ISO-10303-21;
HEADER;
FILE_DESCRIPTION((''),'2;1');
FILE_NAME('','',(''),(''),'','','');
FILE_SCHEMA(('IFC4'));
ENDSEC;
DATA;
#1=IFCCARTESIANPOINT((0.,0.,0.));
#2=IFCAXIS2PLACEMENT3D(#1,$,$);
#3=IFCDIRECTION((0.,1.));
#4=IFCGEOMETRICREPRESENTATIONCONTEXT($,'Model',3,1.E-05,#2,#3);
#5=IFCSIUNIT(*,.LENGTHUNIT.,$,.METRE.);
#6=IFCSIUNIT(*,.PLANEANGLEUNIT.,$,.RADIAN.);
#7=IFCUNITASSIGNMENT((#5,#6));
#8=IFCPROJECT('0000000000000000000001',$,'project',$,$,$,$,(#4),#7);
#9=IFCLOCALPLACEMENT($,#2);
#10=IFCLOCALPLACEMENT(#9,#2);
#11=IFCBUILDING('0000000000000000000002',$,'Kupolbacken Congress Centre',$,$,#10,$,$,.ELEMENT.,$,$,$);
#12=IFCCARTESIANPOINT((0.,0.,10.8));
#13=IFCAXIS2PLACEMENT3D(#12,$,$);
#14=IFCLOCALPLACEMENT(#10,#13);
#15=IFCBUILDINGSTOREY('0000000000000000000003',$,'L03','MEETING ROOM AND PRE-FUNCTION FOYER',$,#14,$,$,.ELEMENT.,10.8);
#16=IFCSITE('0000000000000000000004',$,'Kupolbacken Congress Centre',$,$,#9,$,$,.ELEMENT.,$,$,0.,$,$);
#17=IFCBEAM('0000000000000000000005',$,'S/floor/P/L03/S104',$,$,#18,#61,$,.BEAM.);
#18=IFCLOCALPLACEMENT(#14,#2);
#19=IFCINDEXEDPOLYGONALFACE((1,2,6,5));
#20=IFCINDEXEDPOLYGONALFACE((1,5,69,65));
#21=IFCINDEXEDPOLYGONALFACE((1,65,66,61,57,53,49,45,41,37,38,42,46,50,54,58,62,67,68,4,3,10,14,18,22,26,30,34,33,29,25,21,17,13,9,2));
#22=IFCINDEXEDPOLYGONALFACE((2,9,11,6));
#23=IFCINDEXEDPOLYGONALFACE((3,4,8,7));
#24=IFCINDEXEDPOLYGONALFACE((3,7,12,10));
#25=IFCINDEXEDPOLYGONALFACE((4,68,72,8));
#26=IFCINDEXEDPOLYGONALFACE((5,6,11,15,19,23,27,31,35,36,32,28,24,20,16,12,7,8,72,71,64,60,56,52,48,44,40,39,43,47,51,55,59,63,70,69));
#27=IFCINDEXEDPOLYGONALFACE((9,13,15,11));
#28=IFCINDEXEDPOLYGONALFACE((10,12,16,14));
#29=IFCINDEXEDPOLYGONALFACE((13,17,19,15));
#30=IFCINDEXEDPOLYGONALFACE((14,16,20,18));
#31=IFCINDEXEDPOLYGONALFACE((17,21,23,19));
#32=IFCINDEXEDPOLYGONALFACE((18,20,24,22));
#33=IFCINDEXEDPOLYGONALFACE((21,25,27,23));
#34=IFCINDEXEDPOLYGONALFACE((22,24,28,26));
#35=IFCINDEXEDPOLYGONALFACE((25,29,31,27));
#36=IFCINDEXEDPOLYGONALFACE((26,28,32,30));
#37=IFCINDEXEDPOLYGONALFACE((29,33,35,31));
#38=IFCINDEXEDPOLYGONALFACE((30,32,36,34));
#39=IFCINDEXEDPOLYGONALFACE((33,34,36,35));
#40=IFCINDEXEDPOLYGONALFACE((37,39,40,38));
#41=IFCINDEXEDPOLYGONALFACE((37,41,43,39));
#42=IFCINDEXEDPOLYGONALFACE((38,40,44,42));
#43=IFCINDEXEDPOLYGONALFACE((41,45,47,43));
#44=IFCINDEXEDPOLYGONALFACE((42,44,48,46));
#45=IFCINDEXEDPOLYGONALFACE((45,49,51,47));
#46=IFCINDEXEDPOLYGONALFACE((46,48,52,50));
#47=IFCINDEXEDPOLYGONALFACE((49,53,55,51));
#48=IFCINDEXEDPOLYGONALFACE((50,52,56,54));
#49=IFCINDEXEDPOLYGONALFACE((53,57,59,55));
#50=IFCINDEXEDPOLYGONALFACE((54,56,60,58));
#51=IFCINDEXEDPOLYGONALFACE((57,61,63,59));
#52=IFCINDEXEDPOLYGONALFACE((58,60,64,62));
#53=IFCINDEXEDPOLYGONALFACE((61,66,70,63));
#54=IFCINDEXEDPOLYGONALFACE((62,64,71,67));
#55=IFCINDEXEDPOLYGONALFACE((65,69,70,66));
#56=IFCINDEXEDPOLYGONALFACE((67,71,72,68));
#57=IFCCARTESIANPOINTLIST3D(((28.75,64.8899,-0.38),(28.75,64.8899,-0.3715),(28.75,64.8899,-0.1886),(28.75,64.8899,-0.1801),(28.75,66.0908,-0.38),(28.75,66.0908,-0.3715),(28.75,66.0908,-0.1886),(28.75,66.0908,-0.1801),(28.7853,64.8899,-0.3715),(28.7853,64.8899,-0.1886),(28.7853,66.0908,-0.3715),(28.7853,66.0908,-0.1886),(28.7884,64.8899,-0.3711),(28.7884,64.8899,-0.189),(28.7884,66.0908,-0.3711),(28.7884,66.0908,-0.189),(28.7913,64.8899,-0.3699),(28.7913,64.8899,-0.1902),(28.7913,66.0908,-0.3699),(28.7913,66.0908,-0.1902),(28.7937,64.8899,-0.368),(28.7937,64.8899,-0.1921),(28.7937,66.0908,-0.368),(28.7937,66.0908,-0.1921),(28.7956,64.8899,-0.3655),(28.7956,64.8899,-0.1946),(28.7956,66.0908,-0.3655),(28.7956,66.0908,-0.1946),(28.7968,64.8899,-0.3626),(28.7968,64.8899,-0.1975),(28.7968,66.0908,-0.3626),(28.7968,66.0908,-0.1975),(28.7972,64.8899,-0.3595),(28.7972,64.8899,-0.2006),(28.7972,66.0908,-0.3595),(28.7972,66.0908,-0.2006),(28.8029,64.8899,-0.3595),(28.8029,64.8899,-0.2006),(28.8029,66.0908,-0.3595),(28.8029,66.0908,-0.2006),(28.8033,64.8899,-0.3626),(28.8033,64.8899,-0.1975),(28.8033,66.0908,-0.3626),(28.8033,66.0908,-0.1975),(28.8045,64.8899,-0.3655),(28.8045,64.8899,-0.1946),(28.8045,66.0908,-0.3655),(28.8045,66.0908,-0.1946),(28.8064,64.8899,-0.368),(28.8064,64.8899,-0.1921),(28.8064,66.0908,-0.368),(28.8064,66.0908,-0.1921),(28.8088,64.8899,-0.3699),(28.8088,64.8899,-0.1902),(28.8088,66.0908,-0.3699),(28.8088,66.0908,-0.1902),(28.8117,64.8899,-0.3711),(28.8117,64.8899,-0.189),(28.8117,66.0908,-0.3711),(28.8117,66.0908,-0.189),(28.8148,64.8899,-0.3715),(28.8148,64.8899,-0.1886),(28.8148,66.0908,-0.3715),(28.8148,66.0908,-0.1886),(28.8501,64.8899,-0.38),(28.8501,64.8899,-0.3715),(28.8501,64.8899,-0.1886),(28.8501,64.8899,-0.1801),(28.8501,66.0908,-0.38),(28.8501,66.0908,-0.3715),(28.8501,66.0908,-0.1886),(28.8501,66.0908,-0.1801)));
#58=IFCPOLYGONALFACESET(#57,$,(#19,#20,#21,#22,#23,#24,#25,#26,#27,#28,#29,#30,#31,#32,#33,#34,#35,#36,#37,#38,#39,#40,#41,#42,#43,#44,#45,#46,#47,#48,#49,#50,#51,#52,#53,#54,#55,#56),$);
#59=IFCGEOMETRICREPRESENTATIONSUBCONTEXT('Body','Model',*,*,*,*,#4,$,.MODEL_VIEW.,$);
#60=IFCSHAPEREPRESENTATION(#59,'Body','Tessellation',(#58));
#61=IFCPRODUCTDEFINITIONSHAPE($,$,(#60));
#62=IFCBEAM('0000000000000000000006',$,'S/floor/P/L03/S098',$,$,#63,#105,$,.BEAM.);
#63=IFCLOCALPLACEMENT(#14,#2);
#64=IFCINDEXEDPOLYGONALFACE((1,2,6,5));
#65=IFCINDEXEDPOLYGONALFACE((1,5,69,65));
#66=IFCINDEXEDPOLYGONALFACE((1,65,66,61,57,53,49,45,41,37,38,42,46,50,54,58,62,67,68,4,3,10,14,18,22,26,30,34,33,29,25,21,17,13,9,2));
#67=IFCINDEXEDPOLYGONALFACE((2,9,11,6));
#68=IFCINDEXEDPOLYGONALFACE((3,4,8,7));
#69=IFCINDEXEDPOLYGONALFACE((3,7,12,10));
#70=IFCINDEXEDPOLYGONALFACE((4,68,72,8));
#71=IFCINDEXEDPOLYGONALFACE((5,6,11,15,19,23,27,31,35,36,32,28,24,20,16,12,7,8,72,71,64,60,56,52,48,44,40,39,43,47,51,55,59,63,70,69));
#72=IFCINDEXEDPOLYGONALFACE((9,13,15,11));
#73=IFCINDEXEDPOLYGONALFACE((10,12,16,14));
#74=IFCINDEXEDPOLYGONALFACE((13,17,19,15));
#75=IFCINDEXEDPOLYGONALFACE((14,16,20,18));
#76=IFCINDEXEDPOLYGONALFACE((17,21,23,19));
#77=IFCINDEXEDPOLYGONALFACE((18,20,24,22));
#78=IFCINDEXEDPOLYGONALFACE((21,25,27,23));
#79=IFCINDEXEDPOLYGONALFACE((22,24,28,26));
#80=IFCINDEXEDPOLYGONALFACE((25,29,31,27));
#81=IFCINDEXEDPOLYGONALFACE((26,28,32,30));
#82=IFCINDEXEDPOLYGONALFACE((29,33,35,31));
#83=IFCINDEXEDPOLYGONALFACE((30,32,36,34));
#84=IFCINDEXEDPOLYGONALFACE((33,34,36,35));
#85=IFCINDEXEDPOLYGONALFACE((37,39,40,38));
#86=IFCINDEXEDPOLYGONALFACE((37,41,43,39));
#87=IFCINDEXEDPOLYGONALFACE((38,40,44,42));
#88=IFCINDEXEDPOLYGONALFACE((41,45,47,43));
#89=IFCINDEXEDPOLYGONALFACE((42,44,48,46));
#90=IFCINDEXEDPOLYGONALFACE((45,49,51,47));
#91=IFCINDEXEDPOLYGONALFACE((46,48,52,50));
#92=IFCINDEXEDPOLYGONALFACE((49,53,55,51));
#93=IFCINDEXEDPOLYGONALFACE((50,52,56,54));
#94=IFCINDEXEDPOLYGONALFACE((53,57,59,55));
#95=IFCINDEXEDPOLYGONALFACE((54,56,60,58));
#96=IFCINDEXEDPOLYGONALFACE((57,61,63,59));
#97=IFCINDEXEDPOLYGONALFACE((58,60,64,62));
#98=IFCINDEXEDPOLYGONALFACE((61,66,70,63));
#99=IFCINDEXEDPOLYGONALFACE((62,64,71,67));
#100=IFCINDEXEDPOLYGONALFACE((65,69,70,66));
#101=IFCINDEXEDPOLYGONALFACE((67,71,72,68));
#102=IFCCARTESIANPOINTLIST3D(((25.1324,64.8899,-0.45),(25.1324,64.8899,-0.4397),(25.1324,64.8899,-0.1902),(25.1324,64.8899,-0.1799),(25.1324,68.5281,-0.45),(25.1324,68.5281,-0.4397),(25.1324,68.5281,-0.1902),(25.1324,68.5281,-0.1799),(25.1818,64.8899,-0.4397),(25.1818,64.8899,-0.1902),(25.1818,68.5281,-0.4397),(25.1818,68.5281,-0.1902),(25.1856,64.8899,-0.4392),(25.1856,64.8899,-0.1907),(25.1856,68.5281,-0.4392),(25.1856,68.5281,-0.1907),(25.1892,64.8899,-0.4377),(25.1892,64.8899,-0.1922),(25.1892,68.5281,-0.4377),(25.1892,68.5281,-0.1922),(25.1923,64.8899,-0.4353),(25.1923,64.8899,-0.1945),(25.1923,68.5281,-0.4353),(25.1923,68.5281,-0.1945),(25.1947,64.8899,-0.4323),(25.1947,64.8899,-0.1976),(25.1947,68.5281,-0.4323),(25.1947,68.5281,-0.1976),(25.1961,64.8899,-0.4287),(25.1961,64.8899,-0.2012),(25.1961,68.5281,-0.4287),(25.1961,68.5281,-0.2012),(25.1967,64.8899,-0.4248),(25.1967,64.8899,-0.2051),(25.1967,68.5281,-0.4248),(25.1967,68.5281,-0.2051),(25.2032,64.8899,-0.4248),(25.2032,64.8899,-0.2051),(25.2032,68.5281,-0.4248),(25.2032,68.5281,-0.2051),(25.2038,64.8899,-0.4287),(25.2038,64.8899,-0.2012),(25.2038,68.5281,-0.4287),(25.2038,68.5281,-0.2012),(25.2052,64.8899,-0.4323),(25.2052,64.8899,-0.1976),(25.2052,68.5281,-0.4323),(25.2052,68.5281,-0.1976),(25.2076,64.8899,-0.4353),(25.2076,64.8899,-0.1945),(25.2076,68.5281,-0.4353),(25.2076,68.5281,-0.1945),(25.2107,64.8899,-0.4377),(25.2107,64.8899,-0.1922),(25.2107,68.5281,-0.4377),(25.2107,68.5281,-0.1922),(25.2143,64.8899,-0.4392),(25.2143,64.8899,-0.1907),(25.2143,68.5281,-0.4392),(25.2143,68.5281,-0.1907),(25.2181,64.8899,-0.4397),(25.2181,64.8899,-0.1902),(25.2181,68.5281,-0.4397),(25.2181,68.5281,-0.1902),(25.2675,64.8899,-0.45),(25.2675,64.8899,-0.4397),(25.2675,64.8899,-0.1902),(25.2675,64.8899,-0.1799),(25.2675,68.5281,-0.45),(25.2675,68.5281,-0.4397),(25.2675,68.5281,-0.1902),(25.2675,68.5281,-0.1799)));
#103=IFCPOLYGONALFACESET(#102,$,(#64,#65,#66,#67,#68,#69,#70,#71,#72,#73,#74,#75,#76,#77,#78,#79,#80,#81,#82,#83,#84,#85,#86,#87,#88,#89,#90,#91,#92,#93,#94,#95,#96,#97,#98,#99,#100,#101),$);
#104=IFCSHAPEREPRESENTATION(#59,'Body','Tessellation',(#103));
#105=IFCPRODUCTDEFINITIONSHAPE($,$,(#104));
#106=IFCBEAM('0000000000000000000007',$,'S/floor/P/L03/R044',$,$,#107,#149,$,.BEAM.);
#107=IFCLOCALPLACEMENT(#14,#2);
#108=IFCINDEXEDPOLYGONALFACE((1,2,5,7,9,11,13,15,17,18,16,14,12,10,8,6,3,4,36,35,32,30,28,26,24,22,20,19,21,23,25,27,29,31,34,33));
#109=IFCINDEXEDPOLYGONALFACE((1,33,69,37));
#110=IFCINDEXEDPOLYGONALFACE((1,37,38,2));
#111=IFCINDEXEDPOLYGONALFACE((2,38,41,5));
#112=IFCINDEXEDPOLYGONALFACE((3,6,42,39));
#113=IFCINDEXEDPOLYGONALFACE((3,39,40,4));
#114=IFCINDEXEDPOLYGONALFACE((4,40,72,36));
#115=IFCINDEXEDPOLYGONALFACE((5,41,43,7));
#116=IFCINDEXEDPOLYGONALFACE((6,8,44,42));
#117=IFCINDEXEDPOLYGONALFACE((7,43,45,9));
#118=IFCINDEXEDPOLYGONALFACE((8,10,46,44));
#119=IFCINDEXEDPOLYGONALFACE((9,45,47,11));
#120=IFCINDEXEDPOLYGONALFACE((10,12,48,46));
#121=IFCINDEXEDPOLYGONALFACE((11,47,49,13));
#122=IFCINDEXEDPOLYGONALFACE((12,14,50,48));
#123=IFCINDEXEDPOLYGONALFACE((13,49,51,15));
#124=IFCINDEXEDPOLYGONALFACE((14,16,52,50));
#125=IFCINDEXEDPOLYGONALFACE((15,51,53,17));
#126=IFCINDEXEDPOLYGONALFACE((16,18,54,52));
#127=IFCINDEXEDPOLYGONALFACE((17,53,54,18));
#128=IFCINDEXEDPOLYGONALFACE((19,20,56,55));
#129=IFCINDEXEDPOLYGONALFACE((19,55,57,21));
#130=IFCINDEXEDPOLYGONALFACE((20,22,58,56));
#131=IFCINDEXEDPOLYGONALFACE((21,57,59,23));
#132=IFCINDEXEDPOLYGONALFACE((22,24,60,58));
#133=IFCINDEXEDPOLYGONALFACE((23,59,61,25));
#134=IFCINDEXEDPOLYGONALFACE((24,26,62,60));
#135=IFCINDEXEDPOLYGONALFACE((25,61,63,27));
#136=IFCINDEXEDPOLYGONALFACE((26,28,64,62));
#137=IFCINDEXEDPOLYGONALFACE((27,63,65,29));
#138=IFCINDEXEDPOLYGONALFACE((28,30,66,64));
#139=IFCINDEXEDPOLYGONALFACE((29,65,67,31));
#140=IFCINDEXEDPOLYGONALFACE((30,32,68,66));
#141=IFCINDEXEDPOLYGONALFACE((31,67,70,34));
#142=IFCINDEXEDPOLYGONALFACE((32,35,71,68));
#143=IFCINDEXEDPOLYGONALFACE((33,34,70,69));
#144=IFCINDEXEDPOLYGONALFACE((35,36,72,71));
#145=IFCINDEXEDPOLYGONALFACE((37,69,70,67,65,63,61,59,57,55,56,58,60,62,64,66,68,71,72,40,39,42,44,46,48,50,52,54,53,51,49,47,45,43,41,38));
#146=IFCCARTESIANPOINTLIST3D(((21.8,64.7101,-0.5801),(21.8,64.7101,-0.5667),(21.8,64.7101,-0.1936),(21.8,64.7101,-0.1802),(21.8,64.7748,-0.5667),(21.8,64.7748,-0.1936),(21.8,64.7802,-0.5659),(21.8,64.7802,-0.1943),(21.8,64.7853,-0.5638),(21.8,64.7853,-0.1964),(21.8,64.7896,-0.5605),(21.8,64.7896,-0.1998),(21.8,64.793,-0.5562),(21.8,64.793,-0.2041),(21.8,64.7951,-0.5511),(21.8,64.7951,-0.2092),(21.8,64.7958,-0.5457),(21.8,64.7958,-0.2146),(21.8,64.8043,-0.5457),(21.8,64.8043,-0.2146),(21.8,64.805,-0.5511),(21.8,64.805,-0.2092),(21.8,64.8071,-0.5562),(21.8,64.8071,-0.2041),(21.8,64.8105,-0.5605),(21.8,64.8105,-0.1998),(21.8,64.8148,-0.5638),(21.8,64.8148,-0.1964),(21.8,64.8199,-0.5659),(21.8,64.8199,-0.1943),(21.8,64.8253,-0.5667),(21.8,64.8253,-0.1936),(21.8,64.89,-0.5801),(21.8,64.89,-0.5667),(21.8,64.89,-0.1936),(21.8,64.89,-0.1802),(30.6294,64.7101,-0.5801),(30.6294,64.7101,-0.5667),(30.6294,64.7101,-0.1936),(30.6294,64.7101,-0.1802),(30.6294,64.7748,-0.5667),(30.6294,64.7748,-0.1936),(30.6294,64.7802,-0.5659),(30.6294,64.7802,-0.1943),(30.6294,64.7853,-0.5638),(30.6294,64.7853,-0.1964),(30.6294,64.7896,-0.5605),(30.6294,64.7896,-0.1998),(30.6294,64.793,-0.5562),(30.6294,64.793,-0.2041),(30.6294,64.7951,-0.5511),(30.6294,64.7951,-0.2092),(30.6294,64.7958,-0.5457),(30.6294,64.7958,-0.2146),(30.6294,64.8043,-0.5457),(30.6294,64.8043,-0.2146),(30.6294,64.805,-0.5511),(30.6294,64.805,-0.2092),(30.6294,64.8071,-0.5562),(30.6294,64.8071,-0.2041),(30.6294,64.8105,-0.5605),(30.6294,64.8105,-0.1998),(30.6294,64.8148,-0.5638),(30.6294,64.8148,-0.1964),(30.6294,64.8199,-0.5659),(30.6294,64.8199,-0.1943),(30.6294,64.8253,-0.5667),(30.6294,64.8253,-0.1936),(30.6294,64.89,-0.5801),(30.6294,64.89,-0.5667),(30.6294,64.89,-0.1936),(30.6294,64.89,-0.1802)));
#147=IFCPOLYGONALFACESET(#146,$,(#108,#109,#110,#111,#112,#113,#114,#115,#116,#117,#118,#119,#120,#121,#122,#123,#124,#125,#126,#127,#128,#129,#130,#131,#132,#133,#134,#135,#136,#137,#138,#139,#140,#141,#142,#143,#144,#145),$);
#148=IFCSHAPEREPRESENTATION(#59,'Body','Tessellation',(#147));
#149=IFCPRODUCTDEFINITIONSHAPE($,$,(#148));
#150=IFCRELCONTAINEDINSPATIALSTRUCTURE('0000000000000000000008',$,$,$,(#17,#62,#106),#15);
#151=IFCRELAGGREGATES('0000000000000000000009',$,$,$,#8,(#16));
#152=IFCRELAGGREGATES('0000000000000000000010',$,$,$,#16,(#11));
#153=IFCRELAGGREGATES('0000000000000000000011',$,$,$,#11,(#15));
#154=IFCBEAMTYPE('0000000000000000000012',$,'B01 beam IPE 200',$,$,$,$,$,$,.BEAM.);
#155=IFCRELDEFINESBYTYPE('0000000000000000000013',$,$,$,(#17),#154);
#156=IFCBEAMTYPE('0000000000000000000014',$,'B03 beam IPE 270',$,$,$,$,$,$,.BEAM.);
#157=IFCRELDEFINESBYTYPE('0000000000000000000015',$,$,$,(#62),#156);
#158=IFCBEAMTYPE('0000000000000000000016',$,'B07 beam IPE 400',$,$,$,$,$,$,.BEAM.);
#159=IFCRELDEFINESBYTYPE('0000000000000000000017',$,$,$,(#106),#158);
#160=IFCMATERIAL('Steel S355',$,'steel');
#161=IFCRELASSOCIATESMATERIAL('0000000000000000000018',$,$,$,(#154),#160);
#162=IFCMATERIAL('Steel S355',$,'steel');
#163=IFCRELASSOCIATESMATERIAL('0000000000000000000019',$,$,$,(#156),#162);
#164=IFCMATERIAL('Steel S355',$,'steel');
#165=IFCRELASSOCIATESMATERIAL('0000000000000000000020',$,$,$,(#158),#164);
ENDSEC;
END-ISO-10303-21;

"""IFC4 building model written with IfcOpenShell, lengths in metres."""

from ifc_helpers import new_model, si_unit, direction, frame, origin, origin_2d, place, context, subcontext, project, spatial, i_section, extrude, material, material_profile, profile_set, type_object, element, save


model = new_model("IFC4")

# Units and contexts
model_context = context("Model", 3, precision=1e-05, world=origin(), true_north=direction((0.0, 1.0)))
body_context = subcontext(model_context, "Body", "Model", "MODEL_VIEW")
ifc_project = project(units=[si_unit("LENGTHUNIT", "METRE"), si_unit("PLANEANGLEUNIT", "RADIAN")], contexts=[model_context])

# Site, building, storey
site_placement = place(None, origin())
site = spatial("IfcSite", under=ifc_project, at=site_placement, Name="Kupolbacken Congress Centre", CompositionType="ELEMENT", RefElevation=0.0)
building_placement = place(site_placement, origin())
building = spatial("IfcBuilding", under=site, at=building_placement, Name="Kupolbacken Congress Centre", CompositionType="ELEMENT")
storey_placement = place(building_placement, frame((0.0, 0.0, 10.8)))
storey = spatial("IfcBuildingStorey", under=building, at=storey_placement, Name="L03", Description="MEETING ROOM AND PRE-FUNCTION FOYER", CompositionType="ELEMENT", Elevation=10.8)

# Beams
ifc_material_1 = material(Name="Steel S355", Category="steel")
ifc_material_profile_1 = material_profile(ifc_material_1, i_section(OverallWidth=0.1001, OverallDepth=0.2, WebThickness=0.0056, FlangeThickness=0.0085, FilletRadius=0.012, at=origin_2d()), Name="IPE 200")
ifc_profile_set_1 = profile_set([ifc_material_profile_1], Name="Steel S355")
beam_type_1 = type_object("IfcBeamType", Name="B01 beam IPE 200", PredefinedType="BEAM", material=ifc_profile_set_1)
beam_1_placement = place(storey_placement, frame((28.8, 64.8899, -0.28), z_axis=(0.0, 1.0, 0.0), x_axis=(-1.0, 0.0, 0.0)))
element("IfcBeam", 1, at=beam_1_placement, inside=storey, type_object=beam_type_1, Name="S/floor/P/L03/S104", PredefinedType="BEAM", context=body_context, shape_type="SweptSolid", body=[
    extrude(i_section(OverallWidth=0.1001, OverallDepth=0.2, WebThickness=0.0056, FlangeThickness=0.0085, FilletRadius=0.012, at=origin_2d()), origin(), (0.0, 0.0, 1.0), 1.2009),
])
ifc_material_2 = material(Name="Steel S355", Category="steel")
ifc_material_profile_2 = material_profile(ifc_material_2, i_section(OverallWidth=0.135, OverallDepth=0.27, WebThickness=0.0066, FlangeThickness=0.0103, FilletRadius=0.0149, at=origin_2d()), Name="IPE 270")
ifc_profile_set_2 = profile_set([ifc_material_profile_2], Name="Steel S355")
beam_type_2 = type_object("IfcBeamType", Name="B03 beam IPE 270", PredefinedType="BEAM", material=ifc_profile_set_2)
beam_2_placement = place(storey_placement, frame((25.2, 64.8899, -0.3149), z_axis=(0.0, 1.0, 0.0), x_axis=(-1.0, 0.0, 0.0)))
element("IfcBeam", 2, at=beam_2_placement, inside=storey, type_object=beam_type_2, Name="S/floor/P/L03/S098", PredefinedType="BEAM", context=body_context, shape_type="SweptSolid", body=[
    extrude(i_section(OverallWidth=0.135, OverallDepth=0.27, WebThickness=0.0066, FlangeThickness=0.0103, FilletRadius=0.0149, at=origin_2d()), origin(), (0.0, 0.0, 1.0), 3.6382),
])
ifc_material_3 = material(Name="Steel S355", Category="steel")
ifc_material_profile_3 = material_profile(ifc_material_3, i_section(OverallWidth=0.1799, OverallDepth=0.3999, WebThickness=0.0085, FlangeThickness=0.0134, FilletRadius=0.021, at=origin_2d()), Name="IPE 400")
ifc_profile_set_3 = profile_set([ifc_material_profile_3], Name="Steel S355")
beam_type_3 = type_object("IfcBeamType", Name="B07 beam IPE 400", PredefinedType="BEAM", material=ifc_profile_set_3)
beam_3_placement = place(storey_placement, frame((21.8, 64.8, -0.3801), z_axis=(1.0, 0.0, 0.0), x_axis=(0.0, 1.0, 0.0)))
element("IfcBeam", 3, at=beam_3_placement, inside=storey, type_object=beam_type_3, Name="S/floor/P/L03/R044", PredefinedType="BEAM", context=body_context, shape_type="SweptSolid", body=[
    extrude(i_section(OverallWidth=0.1799, OverallDepth=0.3999, WebThickness=0.0085, FlangeThickness=0.0134, FilletRadius=0.021, at=origin_2d()), origin(), (0.0, 0.0, 1.0), 8.8293),
])

save(model, "model.ifc")
